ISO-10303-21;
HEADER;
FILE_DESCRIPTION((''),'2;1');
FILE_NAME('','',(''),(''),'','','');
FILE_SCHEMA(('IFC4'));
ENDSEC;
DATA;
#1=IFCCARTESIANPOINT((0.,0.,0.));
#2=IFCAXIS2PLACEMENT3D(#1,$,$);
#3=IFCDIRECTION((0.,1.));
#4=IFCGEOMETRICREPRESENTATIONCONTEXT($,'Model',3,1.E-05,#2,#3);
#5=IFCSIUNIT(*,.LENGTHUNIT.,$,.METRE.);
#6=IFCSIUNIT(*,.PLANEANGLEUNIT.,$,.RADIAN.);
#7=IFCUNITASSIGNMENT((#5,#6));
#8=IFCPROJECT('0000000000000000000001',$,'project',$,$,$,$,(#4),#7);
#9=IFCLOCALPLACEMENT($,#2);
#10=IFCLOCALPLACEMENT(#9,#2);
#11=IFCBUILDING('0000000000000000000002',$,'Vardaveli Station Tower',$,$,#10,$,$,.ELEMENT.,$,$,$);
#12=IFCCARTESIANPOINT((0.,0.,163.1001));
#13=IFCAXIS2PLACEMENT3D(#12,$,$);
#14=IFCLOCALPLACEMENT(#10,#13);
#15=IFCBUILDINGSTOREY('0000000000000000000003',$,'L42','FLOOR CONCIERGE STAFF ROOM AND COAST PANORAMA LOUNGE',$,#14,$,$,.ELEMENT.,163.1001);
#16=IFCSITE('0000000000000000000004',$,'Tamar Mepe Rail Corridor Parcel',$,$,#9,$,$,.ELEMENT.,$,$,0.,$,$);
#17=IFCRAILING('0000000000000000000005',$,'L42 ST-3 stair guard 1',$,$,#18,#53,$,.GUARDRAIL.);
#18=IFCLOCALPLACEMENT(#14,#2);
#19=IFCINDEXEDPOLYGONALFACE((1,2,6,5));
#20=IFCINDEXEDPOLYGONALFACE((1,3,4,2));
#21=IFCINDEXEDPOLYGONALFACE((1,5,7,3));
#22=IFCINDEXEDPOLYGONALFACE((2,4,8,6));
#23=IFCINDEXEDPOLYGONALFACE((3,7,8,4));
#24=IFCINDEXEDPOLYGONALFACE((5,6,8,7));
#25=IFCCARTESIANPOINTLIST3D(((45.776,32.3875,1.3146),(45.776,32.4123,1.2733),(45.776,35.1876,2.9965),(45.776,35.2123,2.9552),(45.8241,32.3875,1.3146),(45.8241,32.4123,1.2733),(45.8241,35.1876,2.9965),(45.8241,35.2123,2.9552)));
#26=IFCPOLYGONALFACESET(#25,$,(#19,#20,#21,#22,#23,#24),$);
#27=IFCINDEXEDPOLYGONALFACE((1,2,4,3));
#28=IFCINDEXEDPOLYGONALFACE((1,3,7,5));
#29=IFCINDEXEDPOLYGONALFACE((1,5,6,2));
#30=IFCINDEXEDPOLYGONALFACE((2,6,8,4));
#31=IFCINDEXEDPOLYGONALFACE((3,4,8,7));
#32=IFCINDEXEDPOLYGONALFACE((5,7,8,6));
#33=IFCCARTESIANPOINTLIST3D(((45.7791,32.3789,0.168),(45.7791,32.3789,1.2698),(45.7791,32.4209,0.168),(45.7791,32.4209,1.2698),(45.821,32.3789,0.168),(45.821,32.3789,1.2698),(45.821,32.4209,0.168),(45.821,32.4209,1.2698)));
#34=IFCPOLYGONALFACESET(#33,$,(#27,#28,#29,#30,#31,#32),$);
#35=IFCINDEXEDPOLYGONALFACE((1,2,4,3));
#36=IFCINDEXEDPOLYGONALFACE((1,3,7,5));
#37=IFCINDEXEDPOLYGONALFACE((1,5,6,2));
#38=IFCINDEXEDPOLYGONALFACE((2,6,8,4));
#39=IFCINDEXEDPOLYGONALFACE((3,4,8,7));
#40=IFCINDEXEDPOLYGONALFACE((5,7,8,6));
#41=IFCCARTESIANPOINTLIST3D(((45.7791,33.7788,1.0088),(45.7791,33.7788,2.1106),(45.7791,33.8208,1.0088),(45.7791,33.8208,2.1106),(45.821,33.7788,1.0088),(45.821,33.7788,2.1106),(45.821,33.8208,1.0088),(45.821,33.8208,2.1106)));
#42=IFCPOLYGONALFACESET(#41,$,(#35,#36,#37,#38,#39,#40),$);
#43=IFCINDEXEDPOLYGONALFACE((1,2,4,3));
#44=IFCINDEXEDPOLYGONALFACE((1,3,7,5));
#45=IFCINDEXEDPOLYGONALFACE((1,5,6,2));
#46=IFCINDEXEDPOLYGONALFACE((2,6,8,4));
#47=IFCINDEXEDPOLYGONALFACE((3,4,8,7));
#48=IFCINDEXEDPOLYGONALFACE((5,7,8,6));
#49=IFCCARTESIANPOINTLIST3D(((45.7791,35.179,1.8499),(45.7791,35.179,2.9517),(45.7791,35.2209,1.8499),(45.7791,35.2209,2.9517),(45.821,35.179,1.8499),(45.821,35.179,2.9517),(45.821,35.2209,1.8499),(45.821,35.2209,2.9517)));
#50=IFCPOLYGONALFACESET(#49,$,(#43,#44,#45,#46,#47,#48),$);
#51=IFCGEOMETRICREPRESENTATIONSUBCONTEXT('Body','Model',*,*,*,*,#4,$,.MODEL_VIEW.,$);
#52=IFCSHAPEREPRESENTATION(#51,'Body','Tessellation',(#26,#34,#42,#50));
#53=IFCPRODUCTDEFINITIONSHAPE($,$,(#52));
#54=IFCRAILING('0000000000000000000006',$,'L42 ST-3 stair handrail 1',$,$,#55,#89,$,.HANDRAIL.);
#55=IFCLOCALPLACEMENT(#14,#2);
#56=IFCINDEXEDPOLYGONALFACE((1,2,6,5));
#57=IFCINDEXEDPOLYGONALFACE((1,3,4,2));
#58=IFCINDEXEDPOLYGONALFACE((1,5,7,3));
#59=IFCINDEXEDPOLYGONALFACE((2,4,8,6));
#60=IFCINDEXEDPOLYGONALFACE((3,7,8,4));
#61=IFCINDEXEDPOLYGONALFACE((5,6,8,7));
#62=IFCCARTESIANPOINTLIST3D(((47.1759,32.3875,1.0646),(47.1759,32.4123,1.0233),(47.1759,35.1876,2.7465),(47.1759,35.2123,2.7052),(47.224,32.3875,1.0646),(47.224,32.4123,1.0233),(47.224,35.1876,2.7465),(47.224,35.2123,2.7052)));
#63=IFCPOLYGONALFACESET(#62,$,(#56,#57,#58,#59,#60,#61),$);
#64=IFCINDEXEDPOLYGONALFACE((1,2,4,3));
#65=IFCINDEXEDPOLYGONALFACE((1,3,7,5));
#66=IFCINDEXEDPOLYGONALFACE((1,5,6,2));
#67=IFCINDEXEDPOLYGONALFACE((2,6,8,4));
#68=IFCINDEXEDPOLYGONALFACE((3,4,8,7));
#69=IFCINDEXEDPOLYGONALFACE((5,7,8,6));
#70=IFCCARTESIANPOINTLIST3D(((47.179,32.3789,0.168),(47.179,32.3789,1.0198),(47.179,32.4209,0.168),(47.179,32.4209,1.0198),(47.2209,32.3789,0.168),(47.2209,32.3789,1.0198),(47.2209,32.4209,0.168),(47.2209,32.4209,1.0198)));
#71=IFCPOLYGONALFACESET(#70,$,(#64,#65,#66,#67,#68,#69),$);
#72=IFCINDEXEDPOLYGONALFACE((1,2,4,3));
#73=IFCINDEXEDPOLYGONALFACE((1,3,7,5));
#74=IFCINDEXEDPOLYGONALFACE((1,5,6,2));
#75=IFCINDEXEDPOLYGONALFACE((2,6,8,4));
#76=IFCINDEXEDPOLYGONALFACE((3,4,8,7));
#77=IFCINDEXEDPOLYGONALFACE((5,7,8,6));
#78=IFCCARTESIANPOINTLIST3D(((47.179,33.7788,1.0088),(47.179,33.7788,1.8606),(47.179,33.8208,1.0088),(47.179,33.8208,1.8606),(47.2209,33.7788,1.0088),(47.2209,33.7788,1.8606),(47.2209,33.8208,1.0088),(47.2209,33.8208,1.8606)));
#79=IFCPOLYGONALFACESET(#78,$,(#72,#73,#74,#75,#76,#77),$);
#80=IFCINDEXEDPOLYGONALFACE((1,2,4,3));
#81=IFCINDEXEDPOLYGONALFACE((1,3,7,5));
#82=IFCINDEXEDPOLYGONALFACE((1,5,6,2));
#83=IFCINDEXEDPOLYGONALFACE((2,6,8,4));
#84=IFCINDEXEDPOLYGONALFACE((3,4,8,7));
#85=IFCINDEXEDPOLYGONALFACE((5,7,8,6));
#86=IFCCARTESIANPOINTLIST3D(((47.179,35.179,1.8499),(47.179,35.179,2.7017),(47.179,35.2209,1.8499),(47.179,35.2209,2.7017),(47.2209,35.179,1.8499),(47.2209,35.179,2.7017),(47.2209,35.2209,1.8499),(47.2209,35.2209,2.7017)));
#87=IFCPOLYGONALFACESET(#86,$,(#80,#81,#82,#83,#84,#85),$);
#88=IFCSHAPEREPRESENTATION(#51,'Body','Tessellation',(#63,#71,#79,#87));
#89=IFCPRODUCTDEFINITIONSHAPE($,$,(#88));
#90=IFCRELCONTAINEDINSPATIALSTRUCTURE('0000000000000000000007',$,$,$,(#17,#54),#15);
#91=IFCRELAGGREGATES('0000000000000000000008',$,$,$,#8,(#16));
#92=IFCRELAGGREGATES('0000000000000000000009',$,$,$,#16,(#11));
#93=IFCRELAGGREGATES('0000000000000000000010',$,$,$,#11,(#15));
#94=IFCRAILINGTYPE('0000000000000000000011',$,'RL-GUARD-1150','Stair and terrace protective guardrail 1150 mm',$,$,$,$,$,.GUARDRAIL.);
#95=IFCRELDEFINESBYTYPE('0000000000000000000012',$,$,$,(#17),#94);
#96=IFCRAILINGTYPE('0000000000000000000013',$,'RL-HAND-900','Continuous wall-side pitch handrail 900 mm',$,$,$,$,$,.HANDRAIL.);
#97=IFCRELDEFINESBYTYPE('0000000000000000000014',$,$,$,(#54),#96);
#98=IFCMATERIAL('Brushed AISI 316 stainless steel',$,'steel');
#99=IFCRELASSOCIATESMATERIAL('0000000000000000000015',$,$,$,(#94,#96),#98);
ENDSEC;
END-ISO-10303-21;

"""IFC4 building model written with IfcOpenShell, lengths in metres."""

from ifc_helpers import new_model, si_unit, direction, frame, origin, origin_2d, place, context, subcontext, project, spatial, rectangle, extrude, source, transform, mapped, material, type_object, element, save


model = new_model("IFC4")

# Units and contexts
model_context = context("Model", 3, precision=1e-05, world=origin(), true_north=direction((0.0, 1.0)))
body_context = subcontext(model_context, "Body", "Model", "MODEL_VIEW")
ifc_project = project(units=[si_unit("LENGTHUNIT", "METRE"), si_unit("PLANEANGLEUNIT", "RADIAN")], contexts=[model_context])

# Site, building, storey
site_placement = place(None, origin())
site = spatial("IfcSite", under=ifc_project, at=site_placement, Name="Tamar Mepe Rail Corridor Parcel", CompositionType="ELEMENT", RefElevation=0.0)
building_placement = place(site_placement, origin())
building = spatial("IfcBuilding", under=site, at=building_placement, Name="Vardaveli Station Tower", CompositionType="ELEMENT")
storey_placement = place(building_placement, frame((0.0, 0.0, 163.1001)))
storey = spatial("IfcBuildingStorey", under=building, at=storey_placement, Name="L42", Description="FLOOR CONCIERGE STAFF ROOM AND COAST PANORAMA LOUNGE", CompositionType="ELEMENT", Elevation=163.1001)

# Railings
ifc_material_1 = material(Name="Brushed AISI 316 stainless steel", Category="steel")
railing_type_1 = type_object("IfcRailingType", Name="RL-GUARD-1150", Description="Stair and terrace protective guardrail 1150 mm", PredefinedType="GUARDRAIL", material=ifc_material_1)
railing_type_2 = type_object("IfcRailingType", Name="RL-HAND-900", Description="Continuous wall-side pitch handrail 900 mm", PredefinedType="HANDRAIL", material=ifc_material_1)
shared_shape_1 = source(origin(), body_context, "Body", "SweptSolid", [
    extrude(rectangle(XDim=0.0481, YDim=0.0481, at=origin_2d()), frame((0.0, 0.0, 1.126), z_axis=(0.0, 0.857242, 0.514913), x_axis=(-1.0, 0.0, 0.0)), (0.0, 0.0, 1.0), 3.2664),
    extrude(rectangle(XDim=0.042, YDim=0.042, at=origin_2d()), origin(), (0.0, 0.0, 1.0), 1.1018),
    extrude(rectangle(XDim=0.042, YDim=0.042, at=origin_2d()), frame((0.0, 1.3999, 0.8408)), (0.0, 0.0, 1.0), 1.1018),
    extrude(rectangle(XDim=0.042, YDim=0.042, at=origin_2d()), frame((0.0, 2.8, 1.6819)), (0.0, 0.0, 1.0), 1.1018),
])
railing_1_placement = place(storey_placement, frame((45.8, 32.3999, 0.168)))
element("IfcRailing", 1, at=railing_1_placement, inside=storey, type_object=railing_type_1, Name="L42 ST-3 stair guard 1", PredefinedType="GUARDRAIL", context=body_context, shape_type="MappedRepresentation", body=[
    mapped(shared_shape_1, transform((0.0, 0.0, 0.0), scale=1.0)),
])
shared_shape_2 = source(origin(), body_context, "Body", "SweptSolid", [
    extrude(rectangle(XDim=0.0481, YDim=0.0481, at=origin_2d()), frame((0.0, 0.0, 0.876), z_axis=(0.0, 0.857242, 0.514913), x_axis=(-1.0, 0.0, 0.0)), (0.0, 0.0, 1.0), 3.2664),
    extrude(rectangle(XDim=0.042, YDim=0.042, at=origin_2d()), origin(), (0.0, 0.0, 1.0), 0.8518),
    extrude(rectangle(XDim=0.042, YDim=0.042, at=origin_2d()), frame((0.0, 1.3999, 0.8408)), (0.0, 0.0, 1.0), 0.8518),
    extrude(rectangle(XDim=0.042, YDim=0.042, at=origin_2d()), frame((0.0, 2.8, 1.6819)), (0.0, 0.0, 1.0), 0.8518),
])
railing_2_placement = place(storey_placement, frame((47.2, 32.3999, 0.168)))
element("IfcRailing", 2, at=railing_2_placement, inside=storey, type_object=railing_type_2, Name="L42 ST-3 stair handrail 1", PredefinedType="HANDRAIL", context=body_context, shape_type="MappedRepresentation", body=[
    mapped(shared_shape_2, transform((0.0, 0.0, 0.0), scale=1.0)),
])

save(model, "model.ifc")
